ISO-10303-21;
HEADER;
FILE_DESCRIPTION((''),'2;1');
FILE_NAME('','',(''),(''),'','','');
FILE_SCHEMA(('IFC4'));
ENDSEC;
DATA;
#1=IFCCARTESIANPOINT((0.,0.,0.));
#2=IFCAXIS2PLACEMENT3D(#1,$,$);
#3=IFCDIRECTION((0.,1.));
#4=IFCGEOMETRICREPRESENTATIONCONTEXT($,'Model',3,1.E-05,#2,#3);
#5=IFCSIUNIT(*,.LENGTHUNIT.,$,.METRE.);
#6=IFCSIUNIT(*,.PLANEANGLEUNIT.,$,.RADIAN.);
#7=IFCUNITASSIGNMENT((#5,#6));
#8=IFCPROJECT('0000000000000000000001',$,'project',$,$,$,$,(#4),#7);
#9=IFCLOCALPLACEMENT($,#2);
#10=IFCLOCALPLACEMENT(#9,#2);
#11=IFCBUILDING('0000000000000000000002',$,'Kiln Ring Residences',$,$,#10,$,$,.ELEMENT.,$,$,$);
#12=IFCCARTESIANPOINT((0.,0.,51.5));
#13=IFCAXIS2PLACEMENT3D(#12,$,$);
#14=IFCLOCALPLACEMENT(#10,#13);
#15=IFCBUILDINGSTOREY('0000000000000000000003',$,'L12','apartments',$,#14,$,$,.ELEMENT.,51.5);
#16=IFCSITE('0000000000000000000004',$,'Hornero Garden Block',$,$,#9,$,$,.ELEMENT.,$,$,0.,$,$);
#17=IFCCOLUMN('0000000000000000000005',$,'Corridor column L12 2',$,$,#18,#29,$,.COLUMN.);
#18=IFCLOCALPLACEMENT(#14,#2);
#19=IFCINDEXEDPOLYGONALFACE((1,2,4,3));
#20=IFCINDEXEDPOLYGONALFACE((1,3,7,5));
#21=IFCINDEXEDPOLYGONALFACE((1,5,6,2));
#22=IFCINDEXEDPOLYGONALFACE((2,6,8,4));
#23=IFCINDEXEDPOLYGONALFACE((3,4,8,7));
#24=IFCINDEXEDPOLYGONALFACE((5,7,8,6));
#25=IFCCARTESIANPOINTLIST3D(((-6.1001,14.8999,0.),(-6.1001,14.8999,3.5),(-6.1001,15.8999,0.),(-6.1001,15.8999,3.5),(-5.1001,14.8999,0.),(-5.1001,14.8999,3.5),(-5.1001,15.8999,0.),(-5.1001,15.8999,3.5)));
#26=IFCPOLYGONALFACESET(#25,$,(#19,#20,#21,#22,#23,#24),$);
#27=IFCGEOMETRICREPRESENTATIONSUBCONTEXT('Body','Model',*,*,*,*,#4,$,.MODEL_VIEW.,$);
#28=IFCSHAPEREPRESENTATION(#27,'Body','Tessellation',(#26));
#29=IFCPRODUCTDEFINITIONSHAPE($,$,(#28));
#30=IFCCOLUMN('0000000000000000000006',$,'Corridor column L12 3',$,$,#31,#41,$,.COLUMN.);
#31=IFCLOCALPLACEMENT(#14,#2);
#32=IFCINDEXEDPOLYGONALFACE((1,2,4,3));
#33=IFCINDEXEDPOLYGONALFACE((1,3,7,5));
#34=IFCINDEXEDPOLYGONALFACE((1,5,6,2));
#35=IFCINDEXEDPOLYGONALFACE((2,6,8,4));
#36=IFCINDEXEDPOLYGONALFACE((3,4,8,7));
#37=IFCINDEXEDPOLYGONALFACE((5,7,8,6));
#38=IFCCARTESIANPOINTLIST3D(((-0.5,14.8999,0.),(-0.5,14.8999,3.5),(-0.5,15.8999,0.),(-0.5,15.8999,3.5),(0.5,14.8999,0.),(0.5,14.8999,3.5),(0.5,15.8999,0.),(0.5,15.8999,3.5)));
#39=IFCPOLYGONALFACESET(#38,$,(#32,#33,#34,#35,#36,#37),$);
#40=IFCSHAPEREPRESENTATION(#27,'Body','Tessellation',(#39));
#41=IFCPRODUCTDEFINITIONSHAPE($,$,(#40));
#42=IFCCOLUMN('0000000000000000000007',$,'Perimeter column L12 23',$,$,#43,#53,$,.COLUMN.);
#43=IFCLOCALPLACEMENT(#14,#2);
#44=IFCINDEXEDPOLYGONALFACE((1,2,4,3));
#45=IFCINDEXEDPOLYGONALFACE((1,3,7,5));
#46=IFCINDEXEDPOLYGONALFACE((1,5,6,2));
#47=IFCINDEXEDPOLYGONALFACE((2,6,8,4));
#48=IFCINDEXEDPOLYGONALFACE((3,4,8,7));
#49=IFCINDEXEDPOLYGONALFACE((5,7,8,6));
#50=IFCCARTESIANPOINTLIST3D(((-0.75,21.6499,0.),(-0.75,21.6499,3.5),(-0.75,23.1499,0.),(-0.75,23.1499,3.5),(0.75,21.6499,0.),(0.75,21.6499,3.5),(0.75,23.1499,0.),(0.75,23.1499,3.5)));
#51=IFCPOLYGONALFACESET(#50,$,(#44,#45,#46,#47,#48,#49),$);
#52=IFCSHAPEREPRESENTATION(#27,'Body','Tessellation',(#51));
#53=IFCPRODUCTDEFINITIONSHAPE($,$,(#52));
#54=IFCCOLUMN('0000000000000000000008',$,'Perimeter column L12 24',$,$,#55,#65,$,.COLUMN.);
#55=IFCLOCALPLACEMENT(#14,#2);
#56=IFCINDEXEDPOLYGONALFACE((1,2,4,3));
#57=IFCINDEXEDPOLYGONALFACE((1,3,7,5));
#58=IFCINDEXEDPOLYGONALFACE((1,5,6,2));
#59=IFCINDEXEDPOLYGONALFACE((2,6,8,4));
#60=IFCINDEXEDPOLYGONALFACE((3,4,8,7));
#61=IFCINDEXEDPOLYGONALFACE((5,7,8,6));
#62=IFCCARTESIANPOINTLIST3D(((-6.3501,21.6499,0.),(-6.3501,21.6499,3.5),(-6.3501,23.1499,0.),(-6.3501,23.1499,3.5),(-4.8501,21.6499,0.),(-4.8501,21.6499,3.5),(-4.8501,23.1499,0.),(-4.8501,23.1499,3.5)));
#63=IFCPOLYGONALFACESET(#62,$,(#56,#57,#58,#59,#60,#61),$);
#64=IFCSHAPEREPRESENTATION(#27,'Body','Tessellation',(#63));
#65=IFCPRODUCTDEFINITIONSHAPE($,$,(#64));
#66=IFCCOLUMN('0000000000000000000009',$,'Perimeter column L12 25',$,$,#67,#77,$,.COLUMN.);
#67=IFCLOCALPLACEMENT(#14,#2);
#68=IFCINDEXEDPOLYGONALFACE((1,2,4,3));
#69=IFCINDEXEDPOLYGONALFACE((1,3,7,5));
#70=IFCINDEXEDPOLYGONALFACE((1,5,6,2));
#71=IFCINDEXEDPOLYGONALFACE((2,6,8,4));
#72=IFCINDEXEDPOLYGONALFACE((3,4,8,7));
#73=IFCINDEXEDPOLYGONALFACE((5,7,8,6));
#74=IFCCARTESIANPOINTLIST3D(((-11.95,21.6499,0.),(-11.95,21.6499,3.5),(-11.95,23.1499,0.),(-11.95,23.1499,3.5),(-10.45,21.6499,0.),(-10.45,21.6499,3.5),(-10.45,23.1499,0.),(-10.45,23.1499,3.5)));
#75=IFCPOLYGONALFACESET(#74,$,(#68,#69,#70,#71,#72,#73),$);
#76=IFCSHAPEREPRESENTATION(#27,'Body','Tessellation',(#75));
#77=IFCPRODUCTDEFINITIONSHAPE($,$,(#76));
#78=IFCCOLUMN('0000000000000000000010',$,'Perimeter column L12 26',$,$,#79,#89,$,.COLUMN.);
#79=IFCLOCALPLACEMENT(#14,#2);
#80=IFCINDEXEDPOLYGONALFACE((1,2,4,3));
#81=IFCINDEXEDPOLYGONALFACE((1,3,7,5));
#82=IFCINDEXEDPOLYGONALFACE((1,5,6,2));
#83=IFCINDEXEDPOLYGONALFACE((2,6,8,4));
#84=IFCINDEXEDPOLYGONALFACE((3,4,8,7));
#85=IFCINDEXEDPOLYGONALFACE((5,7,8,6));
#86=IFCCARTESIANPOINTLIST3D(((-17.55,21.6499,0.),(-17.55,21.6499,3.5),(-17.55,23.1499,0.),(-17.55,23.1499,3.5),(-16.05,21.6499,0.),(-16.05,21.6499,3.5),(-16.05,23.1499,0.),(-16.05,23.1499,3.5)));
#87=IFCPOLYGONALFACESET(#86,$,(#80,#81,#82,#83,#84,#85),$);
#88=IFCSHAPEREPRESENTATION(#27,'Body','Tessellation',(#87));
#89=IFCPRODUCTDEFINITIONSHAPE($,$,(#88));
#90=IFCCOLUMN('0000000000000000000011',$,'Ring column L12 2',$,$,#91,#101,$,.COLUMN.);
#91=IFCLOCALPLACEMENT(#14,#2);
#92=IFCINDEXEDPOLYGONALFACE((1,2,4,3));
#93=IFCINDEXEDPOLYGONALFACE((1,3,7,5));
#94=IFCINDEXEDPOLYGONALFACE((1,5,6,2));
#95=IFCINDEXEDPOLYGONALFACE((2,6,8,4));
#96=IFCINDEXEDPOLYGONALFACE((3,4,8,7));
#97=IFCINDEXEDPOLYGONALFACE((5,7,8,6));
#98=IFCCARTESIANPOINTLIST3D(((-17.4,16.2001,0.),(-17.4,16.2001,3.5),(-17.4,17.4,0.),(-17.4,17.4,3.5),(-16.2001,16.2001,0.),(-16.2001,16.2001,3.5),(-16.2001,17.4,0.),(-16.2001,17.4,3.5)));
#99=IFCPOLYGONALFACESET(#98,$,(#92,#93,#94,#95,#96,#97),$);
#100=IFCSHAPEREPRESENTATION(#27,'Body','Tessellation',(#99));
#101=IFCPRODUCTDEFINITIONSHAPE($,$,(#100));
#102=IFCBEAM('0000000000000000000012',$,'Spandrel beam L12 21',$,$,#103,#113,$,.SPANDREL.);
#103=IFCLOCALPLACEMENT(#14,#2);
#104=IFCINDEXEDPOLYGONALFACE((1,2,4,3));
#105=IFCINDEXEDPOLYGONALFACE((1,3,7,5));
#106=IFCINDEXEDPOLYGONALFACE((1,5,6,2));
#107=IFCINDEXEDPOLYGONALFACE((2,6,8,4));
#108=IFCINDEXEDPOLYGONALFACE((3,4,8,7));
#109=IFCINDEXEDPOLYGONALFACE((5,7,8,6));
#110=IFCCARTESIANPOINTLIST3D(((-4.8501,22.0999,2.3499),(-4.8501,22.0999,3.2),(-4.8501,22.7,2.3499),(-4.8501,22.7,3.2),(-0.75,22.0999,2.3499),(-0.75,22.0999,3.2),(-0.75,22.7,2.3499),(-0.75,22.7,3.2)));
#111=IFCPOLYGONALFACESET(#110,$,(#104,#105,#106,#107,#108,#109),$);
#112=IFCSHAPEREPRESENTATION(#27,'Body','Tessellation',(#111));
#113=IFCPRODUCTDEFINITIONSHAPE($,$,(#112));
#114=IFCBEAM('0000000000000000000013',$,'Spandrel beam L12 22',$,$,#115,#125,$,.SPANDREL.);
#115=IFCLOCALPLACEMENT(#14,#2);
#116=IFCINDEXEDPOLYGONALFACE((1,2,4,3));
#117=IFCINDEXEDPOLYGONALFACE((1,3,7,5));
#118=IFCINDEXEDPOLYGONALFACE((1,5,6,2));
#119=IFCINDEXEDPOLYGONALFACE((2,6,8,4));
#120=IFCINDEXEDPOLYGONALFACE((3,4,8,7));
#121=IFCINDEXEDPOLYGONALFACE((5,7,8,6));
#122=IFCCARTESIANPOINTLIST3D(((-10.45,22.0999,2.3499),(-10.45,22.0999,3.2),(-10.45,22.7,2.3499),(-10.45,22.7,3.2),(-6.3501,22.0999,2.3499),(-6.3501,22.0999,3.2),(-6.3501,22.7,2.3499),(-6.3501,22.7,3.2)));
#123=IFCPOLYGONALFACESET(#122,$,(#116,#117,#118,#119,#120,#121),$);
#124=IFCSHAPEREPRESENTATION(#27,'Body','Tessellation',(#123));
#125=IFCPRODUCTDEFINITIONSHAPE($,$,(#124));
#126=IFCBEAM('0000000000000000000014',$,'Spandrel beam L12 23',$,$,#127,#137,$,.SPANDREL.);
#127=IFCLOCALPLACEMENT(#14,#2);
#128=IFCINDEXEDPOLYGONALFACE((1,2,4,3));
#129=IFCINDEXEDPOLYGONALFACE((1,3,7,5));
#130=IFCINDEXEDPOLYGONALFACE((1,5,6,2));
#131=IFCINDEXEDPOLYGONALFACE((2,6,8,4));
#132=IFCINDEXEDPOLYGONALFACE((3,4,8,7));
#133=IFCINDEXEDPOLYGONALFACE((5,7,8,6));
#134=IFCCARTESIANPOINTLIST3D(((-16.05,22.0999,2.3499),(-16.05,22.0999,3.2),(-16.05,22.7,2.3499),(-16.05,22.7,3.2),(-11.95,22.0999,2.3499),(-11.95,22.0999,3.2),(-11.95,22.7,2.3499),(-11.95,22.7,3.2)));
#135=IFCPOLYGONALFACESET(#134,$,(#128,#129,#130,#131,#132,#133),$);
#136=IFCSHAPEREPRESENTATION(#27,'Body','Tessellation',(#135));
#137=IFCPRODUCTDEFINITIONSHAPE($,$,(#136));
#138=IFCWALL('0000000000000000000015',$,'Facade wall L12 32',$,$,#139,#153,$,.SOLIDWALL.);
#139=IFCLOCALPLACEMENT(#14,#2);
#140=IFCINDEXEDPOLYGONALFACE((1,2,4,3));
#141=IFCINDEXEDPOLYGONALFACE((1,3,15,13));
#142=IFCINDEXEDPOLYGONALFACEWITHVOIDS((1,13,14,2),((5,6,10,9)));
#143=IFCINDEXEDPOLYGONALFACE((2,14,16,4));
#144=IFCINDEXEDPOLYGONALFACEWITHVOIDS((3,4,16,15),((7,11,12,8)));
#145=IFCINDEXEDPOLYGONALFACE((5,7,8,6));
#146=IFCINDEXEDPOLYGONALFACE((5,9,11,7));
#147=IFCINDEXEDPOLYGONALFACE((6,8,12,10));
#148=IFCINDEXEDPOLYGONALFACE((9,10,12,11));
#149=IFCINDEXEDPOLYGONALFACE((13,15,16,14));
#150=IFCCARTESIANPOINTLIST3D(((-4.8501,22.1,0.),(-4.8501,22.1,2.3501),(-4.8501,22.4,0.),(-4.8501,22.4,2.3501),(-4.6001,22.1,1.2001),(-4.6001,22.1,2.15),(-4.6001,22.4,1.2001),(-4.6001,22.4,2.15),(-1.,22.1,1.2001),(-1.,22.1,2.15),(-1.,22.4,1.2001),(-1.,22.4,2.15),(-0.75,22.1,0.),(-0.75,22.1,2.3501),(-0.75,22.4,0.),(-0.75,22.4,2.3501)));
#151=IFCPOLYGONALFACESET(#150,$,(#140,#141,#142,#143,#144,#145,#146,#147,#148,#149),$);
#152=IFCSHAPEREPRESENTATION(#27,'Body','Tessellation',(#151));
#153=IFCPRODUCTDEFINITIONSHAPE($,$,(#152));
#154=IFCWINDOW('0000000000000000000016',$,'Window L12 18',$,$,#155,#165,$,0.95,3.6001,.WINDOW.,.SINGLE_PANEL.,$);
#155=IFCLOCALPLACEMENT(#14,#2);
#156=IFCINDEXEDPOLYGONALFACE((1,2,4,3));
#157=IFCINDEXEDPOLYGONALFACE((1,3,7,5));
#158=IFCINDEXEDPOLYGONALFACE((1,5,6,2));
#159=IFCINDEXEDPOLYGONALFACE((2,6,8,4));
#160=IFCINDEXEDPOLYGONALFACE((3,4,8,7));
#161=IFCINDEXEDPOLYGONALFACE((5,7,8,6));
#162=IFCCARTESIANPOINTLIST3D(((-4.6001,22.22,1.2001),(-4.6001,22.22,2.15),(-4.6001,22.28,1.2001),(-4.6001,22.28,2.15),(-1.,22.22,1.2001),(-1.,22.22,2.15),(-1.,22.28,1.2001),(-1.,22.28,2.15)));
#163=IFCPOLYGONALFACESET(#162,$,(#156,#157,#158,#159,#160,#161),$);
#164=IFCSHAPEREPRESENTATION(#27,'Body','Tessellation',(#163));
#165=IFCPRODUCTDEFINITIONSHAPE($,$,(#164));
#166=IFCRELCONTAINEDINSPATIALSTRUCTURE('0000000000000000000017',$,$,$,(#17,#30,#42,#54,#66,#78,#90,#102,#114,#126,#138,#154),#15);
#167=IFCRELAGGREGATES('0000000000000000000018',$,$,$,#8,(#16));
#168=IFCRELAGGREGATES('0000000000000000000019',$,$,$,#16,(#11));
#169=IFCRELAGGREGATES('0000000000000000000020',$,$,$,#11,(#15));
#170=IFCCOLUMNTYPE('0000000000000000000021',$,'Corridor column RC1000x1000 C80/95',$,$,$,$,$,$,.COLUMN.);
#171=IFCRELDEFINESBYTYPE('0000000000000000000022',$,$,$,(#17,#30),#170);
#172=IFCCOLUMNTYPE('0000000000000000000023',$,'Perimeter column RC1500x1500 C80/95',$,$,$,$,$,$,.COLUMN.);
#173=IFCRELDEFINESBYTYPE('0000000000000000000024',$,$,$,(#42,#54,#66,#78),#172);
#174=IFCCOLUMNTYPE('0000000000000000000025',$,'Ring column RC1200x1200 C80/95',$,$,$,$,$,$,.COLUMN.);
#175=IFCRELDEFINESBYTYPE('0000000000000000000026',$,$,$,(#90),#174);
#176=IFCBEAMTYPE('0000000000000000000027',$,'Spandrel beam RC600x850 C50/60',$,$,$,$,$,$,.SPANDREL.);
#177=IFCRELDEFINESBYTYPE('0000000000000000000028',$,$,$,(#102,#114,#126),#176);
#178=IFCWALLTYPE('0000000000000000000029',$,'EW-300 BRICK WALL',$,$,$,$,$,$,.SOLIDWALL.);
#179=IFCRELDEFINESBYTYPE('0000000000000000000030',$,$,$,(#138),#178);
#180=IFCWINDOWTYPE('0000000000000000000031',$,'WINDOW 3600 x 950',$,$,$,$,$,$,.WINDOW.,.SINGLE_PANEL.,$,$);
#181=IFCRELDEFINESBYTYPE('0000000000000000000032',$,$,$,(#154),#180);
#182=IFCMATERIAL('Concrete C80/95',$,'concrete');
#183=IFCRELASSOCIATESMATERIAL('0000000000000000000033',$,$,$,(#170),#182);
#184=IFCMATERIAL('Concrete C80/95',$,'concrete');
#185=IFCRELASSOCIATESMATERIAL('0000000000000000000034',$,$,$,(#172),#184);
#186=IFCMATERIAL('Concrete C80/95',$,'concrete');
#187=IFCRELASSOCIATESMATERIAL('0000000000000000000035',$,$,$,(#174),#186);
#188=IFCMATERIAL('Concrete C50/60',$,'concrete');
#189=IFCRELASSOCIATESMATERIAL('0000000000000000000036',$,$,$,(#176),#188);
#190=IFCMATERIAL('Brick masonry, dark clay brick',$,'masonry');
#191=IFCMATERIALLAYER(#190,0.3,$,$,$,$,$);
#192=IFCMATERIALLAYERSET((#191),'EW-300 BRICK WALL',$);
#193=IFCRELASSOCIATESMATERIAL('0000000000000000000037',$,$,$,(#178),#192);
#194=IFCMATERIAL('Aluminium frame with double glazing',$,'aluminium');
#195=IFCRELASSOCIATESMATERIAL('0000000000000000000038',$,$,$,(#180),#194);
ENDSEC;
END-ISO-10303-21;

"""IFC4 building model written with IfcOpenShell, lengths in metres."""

from ifc_helpers import new_model, si_unit, direction, frame, frame_2d, origin, origin_2d, place, context, subcontext, project, spatial, rectangle, extrude, material, layer, layer_set, material_profile, profile_set, type_object, element, fill, save


model = new_model("IFC4")

# Units and contexts
model_context = context("Model", 3, precision=1e-05, world=origin(), true_north=direction((0.0, 1.0)))
body_context = subcontext(model_context, "Body", "Model", "MODEL_VIEW")
ifc_project = project(units=[si_unit("LENGTHUNIT", "METRE"), si_unit("PLANEANGLEUNIT", "RADIAN")], contexts=[model_context])

# Site, building, storey
site_placement = place(None, origin())
site = spatial("IfcSite", under=ifc_project, at=site_placement, Name="Hornero Garden Block", CompositionType="ELEMENT", RefElevation=0.0)
building_placement = place(site_placement, origin())
building = spatial("IfcBuilding", under=site, at=building_placement, Name="Kiln Ring Residences", CompositionType="ELEMENT")
storey_placement = place(building_placement, frame((0.0, 0.0, 51.5)))
storey = spatial("IfcBuildingStorey", under=building, at=storey_placement, Name="L12", Description="apartments", CompositionType="ELEMENT", Elevation=51.5)

# Columns
ifc_material_1 = material(Name="Concrete C80/95", Category="concrete")
ifc_material_profile_1 = material_profile(ifc_material_1, rectangle(XDim=1.0, YDim=1.0, at=origin_2d()), Name="RC1000x1000")
ifc_profile_set_1 = profile_set([ifc_material_profile_1], Name="Concrete C80/95")
column_type_1 = type_object("IfcColumnType", Name="Corridor column RC1000x1000 C80/95", PredefinedType="COLUMN", material=ifc_profile_set_1)
for number, where, z_axis, x_axis, name in (
    (1, (-5.6001, 15.3999, 0.0), (0.0, 0.0, 1.0), (1.0, 0.0, 0.0), "Corridor column L12 2"),
    (2, (0.0, 15.3999, 0.0), (0.0, 0.0, 1.0), (1.0, 0.0, 0.0), "Corridor column L12 3"),
):
    element("IfcColumn", number, at=place(storey_placement, frame(where, z_axis=z_axis, x_axis=x_axis)), inside=storey, type_object=column_type_1, Name=name, PredefinedType="COLUMN", context=body_context, shape_type="SweptSolid", body=[
        extrude(rectangle(XDim=1.0, YDim=1.0, at=origin_2d()), origin(), (0.0, 0.0, 1.0), 3.5),
    ])
ifc_material_2 = material(Name="Concrete C80/95", Category="concrete")
ifc_material_profile_2 = material_profile(ifc_material_2, rectangle(XDim=1.5, YDim=1.5, at=origin_2d()), Name="RC1500x1500")
ifc_profile_set_2 = profile_set([ifc_material_profile_2], Name="Concrete C80/95")
column_type_2 = type_object("IfcColumnType", Name="Perimeter column RC1500x1500 C80/95", PredefinedType="COLUMN", material=ifc_profile_set_2)
for number, where, z_axis, x_axis, name in (
    (3, (0.0, 22.3999, 0.0), (0.0, 0.0, 1.0), (1.0, 0.0, 0.0), "Perimeter column L12 23"),
    (4, (-5.6001, 22.3999, 0.0), (0.0, 0.0, 1.0), (1.0, 0.0, 0.0), "Perimeter column L12 24"),
    (5, (-11.2, 22.3999, 0.0), (0.0, 0.0, 1.0), (1.0, 0.0, 0.0), "Perimeter column L12 25"),
    (6, (-16.8, 22.3999, 0.0), (0.0, 0.0, 1.0), (1.0, 0.0, 0.0), "Perimeter column L12 26"),
):
    element("IfcColumn", number, at=place(storey_placement, frame(where, z_axis=z_axis, x_axis=x_axis)), inside=storey, type_object=column_type_2, Name=name, PredefinedType="COLUMN", context=body_context, shape_type="SweptSolid", body=[
        extrude(rectangle(XDim=1.5, YDim=1.5, at=origin_2d()), origin(), (0.0, 0.0, 1.0), 3.5),
    ])
ifc_material_3 = material(Name="Concrete C80/95", Category="concrete")
ifc_material_profile_3 = material_profile(ifc_material_3, rectangle(XDim=1.2, YDim=1.2, at=origin_2d()), Name="RC1200x1200")
ifc_profile_set_3 = profile_set([ifc_material_profile_3], Name="Concrete C80/95")
column_type_3 = type_object("IfcColumnType", Name="Ring column RC1200x1200 C80/95", PredefinedType="COLUMN", material=ifc_profile_set_3)
column_placement = place(storey_placement, frame((-16.8, 16.8, 0.0), z_axis=(0.0, 0.0, 1.0), x_axis=(1.0, 0.0, 0.0)))
element("IfcColumn", 7, at=column_placement, inside=storey, type_object=column_type_3, Name="Ring column L12 2", PredefinedType="COLUMN", context=body_context, shape_type="SweptSolid", body=[
    extrude(rectangle(XDim=1.2, YDim=1.2, at=origin_2d()), origin(), (0.0, 0.0, 1.0), 3.5),
])

# Beams
ifc_material_4 = material(Name="Concrete C50/60", Category="concrete")
ifc_material_profile_4 = material_profile(ifc_material_4, rectangle(XDim=0.6001, YDim=0.8501, at=origin_2d()), Name="RC600x850")
ifc_profile_set_4 = profile_set([ifc_material_profile_4], Name="Concrete C50/60")
beam_type = type_object("IfcBeamType", Name="Spandrel beam RC600x850 C50/60", PredefinedType="SPANDREL", material=ifc_profile_set_4)
beam_1_placement = place(storey_placement, frame((-0.75, 22.3999, 2.7749), z_axis=(-1.0, 0.0, 0.0), x_axis=(0.0, -1.0, 0.0)))
element("IfcBeam", 8, at=beam_1_placement, inside=storey, type_object=beam_type, Name="Spandrel beam L12 21", PredefinedType="SPANDREL", context=body_context, shape_type="SweptSolid", body=[
    extrude(rectangle(XDim=0.6001, YDim=0.8501, at=origin_2d()), origin(), (0.0, 0.0, 1.0), 4.1001),
])
beam_2_placement = place(storey_placement, frame((-6.3501, 22.3999, 2.7749), z_axis=(-1.0, 0.0, 0.0), x_axis=(0.0, -1.0, 0.0)))
element("IfcBeam", 9, at=beam_2_placement, inside=storey, type_object=beam_type, Name="Spandrel beam L12 22", PredefinedType="SPANDREL", context=body_context, shape_type="SweptSolid", body=[
    extrude(rectangle(XDim=0.6001, YDim=0.8501, at=origin_2d()), origin(), (0.0, 0.0, 1.0), 4.0999),
])
beam_3_placement = place(storey_placement, frame((-11.95, 22.3999, 2.7749), z_axis=(-1.0, 0.0, 0.0), x_axis=(0.0, -1.0, 0.0)))
element("IfcBeam", 10, at=beam_3_placement, inside=storey, type_object=beam_type, Name="Spandrel beam L12 23", PredefinedType="SPANDREL", context=body_context, shape_type="SweptSolid", body=[
    extrude(rectangle(XDim=0.6001, YDim=0.8501, at=origin_2d()), origin(), (0.0, 0.0, 1.0), 4.1001),
])

# Wall, opening, window
ifc_material_5 = material(Name="Brick masonry, dark clay brick", Category="masonry")
ifc_layer_1 = layer(ifc_material_5, 0.3)
ifc_layer_set_1 = layer_set([ifc_layer_1], Name="EW-300 BRICK WALL")
wall_type_1 = type_object("IfcWallType", Name="EW-300 BRICK WALL", PredefinedType="SOLIDWALL", material=ifc_layer_set_1)
wall_1_placement = place(storey_placement, frame((-0.75, 22.25, 0.0), z_axis=(0.0, 0.0, 1.0), x_axis=(-1.0, 0.0, 0.0)))
wall_1 = element("IfcWall", 11, at=wall_1_placement, inside=storey, type_object=wall_type_1, Name="Facade wall L12 32", PredefinedType="SOLIDWALL", context=body_context, shape_type="SweptSolid", body=[
    extrude(rectangle(XDim=4.1001, YDim=0.3, at=frame_2d((2.05, 0.0))), origin(), (0.0, 0.0, 1.0), 2.3501),
])
opening_1_placement = place(wall_1_placement, frame((0.25, 0.0, 1.2)))
opening_1 = element("IfcOpeningElement", 12, at=opening_1_placement, cuts=wall_1, PredefinedType="OPENING", context=body_context, shape_type="SweptSolid", body=[
    extrude(rectangle(XDim=3.6001, YDim=0.95, at=frame_2d((1.8, 0.4751))), frame((0.0, 0.1599, 0.0), z_axis=(0.0, -1.0, 0.0), x_axis=(1.0, 0.0, 0.0)), (0.0, 0.0, 1.0), 0.3201),
])
ifc_material_6 = material(Name="Aluminium frame with double glazing", Category="aluminium")
window_type_1 = type_object("IfcWindowType", Name="WINDOW 3600 x 950", PartitioningType="SINGLE_PANEL", PredefinedType="WINDOW", material=ifc_material_6)
window_1_placement = place(opening_1_placement, origin())
window_1 = element("IfcWindow", 13, at=window_1_placement, inside=storey, type_object=window_type_1, Name="Window L12 18", OverallHeight=0.95, OverallWidth=3.6001, PartitioningType="SINGLE_PANEL", PredefinedType="WINDOW", context=body_context, shape_type="SweptSolid", body=[
    extrude(rectangle(XDim=3.6001, YDim=0.95, at=frame_2d((1.8, 0.4751))), frame((0.0, 0.03, 0.0), z_axis=(0.0, -1.0, 0.0), x_axis=(1.0, 0.0, 0.0)), (0.0, 0.0, 1.0), 0.0601),
])
fill(opening_1, window_1)

save(model, "model.ifc")
